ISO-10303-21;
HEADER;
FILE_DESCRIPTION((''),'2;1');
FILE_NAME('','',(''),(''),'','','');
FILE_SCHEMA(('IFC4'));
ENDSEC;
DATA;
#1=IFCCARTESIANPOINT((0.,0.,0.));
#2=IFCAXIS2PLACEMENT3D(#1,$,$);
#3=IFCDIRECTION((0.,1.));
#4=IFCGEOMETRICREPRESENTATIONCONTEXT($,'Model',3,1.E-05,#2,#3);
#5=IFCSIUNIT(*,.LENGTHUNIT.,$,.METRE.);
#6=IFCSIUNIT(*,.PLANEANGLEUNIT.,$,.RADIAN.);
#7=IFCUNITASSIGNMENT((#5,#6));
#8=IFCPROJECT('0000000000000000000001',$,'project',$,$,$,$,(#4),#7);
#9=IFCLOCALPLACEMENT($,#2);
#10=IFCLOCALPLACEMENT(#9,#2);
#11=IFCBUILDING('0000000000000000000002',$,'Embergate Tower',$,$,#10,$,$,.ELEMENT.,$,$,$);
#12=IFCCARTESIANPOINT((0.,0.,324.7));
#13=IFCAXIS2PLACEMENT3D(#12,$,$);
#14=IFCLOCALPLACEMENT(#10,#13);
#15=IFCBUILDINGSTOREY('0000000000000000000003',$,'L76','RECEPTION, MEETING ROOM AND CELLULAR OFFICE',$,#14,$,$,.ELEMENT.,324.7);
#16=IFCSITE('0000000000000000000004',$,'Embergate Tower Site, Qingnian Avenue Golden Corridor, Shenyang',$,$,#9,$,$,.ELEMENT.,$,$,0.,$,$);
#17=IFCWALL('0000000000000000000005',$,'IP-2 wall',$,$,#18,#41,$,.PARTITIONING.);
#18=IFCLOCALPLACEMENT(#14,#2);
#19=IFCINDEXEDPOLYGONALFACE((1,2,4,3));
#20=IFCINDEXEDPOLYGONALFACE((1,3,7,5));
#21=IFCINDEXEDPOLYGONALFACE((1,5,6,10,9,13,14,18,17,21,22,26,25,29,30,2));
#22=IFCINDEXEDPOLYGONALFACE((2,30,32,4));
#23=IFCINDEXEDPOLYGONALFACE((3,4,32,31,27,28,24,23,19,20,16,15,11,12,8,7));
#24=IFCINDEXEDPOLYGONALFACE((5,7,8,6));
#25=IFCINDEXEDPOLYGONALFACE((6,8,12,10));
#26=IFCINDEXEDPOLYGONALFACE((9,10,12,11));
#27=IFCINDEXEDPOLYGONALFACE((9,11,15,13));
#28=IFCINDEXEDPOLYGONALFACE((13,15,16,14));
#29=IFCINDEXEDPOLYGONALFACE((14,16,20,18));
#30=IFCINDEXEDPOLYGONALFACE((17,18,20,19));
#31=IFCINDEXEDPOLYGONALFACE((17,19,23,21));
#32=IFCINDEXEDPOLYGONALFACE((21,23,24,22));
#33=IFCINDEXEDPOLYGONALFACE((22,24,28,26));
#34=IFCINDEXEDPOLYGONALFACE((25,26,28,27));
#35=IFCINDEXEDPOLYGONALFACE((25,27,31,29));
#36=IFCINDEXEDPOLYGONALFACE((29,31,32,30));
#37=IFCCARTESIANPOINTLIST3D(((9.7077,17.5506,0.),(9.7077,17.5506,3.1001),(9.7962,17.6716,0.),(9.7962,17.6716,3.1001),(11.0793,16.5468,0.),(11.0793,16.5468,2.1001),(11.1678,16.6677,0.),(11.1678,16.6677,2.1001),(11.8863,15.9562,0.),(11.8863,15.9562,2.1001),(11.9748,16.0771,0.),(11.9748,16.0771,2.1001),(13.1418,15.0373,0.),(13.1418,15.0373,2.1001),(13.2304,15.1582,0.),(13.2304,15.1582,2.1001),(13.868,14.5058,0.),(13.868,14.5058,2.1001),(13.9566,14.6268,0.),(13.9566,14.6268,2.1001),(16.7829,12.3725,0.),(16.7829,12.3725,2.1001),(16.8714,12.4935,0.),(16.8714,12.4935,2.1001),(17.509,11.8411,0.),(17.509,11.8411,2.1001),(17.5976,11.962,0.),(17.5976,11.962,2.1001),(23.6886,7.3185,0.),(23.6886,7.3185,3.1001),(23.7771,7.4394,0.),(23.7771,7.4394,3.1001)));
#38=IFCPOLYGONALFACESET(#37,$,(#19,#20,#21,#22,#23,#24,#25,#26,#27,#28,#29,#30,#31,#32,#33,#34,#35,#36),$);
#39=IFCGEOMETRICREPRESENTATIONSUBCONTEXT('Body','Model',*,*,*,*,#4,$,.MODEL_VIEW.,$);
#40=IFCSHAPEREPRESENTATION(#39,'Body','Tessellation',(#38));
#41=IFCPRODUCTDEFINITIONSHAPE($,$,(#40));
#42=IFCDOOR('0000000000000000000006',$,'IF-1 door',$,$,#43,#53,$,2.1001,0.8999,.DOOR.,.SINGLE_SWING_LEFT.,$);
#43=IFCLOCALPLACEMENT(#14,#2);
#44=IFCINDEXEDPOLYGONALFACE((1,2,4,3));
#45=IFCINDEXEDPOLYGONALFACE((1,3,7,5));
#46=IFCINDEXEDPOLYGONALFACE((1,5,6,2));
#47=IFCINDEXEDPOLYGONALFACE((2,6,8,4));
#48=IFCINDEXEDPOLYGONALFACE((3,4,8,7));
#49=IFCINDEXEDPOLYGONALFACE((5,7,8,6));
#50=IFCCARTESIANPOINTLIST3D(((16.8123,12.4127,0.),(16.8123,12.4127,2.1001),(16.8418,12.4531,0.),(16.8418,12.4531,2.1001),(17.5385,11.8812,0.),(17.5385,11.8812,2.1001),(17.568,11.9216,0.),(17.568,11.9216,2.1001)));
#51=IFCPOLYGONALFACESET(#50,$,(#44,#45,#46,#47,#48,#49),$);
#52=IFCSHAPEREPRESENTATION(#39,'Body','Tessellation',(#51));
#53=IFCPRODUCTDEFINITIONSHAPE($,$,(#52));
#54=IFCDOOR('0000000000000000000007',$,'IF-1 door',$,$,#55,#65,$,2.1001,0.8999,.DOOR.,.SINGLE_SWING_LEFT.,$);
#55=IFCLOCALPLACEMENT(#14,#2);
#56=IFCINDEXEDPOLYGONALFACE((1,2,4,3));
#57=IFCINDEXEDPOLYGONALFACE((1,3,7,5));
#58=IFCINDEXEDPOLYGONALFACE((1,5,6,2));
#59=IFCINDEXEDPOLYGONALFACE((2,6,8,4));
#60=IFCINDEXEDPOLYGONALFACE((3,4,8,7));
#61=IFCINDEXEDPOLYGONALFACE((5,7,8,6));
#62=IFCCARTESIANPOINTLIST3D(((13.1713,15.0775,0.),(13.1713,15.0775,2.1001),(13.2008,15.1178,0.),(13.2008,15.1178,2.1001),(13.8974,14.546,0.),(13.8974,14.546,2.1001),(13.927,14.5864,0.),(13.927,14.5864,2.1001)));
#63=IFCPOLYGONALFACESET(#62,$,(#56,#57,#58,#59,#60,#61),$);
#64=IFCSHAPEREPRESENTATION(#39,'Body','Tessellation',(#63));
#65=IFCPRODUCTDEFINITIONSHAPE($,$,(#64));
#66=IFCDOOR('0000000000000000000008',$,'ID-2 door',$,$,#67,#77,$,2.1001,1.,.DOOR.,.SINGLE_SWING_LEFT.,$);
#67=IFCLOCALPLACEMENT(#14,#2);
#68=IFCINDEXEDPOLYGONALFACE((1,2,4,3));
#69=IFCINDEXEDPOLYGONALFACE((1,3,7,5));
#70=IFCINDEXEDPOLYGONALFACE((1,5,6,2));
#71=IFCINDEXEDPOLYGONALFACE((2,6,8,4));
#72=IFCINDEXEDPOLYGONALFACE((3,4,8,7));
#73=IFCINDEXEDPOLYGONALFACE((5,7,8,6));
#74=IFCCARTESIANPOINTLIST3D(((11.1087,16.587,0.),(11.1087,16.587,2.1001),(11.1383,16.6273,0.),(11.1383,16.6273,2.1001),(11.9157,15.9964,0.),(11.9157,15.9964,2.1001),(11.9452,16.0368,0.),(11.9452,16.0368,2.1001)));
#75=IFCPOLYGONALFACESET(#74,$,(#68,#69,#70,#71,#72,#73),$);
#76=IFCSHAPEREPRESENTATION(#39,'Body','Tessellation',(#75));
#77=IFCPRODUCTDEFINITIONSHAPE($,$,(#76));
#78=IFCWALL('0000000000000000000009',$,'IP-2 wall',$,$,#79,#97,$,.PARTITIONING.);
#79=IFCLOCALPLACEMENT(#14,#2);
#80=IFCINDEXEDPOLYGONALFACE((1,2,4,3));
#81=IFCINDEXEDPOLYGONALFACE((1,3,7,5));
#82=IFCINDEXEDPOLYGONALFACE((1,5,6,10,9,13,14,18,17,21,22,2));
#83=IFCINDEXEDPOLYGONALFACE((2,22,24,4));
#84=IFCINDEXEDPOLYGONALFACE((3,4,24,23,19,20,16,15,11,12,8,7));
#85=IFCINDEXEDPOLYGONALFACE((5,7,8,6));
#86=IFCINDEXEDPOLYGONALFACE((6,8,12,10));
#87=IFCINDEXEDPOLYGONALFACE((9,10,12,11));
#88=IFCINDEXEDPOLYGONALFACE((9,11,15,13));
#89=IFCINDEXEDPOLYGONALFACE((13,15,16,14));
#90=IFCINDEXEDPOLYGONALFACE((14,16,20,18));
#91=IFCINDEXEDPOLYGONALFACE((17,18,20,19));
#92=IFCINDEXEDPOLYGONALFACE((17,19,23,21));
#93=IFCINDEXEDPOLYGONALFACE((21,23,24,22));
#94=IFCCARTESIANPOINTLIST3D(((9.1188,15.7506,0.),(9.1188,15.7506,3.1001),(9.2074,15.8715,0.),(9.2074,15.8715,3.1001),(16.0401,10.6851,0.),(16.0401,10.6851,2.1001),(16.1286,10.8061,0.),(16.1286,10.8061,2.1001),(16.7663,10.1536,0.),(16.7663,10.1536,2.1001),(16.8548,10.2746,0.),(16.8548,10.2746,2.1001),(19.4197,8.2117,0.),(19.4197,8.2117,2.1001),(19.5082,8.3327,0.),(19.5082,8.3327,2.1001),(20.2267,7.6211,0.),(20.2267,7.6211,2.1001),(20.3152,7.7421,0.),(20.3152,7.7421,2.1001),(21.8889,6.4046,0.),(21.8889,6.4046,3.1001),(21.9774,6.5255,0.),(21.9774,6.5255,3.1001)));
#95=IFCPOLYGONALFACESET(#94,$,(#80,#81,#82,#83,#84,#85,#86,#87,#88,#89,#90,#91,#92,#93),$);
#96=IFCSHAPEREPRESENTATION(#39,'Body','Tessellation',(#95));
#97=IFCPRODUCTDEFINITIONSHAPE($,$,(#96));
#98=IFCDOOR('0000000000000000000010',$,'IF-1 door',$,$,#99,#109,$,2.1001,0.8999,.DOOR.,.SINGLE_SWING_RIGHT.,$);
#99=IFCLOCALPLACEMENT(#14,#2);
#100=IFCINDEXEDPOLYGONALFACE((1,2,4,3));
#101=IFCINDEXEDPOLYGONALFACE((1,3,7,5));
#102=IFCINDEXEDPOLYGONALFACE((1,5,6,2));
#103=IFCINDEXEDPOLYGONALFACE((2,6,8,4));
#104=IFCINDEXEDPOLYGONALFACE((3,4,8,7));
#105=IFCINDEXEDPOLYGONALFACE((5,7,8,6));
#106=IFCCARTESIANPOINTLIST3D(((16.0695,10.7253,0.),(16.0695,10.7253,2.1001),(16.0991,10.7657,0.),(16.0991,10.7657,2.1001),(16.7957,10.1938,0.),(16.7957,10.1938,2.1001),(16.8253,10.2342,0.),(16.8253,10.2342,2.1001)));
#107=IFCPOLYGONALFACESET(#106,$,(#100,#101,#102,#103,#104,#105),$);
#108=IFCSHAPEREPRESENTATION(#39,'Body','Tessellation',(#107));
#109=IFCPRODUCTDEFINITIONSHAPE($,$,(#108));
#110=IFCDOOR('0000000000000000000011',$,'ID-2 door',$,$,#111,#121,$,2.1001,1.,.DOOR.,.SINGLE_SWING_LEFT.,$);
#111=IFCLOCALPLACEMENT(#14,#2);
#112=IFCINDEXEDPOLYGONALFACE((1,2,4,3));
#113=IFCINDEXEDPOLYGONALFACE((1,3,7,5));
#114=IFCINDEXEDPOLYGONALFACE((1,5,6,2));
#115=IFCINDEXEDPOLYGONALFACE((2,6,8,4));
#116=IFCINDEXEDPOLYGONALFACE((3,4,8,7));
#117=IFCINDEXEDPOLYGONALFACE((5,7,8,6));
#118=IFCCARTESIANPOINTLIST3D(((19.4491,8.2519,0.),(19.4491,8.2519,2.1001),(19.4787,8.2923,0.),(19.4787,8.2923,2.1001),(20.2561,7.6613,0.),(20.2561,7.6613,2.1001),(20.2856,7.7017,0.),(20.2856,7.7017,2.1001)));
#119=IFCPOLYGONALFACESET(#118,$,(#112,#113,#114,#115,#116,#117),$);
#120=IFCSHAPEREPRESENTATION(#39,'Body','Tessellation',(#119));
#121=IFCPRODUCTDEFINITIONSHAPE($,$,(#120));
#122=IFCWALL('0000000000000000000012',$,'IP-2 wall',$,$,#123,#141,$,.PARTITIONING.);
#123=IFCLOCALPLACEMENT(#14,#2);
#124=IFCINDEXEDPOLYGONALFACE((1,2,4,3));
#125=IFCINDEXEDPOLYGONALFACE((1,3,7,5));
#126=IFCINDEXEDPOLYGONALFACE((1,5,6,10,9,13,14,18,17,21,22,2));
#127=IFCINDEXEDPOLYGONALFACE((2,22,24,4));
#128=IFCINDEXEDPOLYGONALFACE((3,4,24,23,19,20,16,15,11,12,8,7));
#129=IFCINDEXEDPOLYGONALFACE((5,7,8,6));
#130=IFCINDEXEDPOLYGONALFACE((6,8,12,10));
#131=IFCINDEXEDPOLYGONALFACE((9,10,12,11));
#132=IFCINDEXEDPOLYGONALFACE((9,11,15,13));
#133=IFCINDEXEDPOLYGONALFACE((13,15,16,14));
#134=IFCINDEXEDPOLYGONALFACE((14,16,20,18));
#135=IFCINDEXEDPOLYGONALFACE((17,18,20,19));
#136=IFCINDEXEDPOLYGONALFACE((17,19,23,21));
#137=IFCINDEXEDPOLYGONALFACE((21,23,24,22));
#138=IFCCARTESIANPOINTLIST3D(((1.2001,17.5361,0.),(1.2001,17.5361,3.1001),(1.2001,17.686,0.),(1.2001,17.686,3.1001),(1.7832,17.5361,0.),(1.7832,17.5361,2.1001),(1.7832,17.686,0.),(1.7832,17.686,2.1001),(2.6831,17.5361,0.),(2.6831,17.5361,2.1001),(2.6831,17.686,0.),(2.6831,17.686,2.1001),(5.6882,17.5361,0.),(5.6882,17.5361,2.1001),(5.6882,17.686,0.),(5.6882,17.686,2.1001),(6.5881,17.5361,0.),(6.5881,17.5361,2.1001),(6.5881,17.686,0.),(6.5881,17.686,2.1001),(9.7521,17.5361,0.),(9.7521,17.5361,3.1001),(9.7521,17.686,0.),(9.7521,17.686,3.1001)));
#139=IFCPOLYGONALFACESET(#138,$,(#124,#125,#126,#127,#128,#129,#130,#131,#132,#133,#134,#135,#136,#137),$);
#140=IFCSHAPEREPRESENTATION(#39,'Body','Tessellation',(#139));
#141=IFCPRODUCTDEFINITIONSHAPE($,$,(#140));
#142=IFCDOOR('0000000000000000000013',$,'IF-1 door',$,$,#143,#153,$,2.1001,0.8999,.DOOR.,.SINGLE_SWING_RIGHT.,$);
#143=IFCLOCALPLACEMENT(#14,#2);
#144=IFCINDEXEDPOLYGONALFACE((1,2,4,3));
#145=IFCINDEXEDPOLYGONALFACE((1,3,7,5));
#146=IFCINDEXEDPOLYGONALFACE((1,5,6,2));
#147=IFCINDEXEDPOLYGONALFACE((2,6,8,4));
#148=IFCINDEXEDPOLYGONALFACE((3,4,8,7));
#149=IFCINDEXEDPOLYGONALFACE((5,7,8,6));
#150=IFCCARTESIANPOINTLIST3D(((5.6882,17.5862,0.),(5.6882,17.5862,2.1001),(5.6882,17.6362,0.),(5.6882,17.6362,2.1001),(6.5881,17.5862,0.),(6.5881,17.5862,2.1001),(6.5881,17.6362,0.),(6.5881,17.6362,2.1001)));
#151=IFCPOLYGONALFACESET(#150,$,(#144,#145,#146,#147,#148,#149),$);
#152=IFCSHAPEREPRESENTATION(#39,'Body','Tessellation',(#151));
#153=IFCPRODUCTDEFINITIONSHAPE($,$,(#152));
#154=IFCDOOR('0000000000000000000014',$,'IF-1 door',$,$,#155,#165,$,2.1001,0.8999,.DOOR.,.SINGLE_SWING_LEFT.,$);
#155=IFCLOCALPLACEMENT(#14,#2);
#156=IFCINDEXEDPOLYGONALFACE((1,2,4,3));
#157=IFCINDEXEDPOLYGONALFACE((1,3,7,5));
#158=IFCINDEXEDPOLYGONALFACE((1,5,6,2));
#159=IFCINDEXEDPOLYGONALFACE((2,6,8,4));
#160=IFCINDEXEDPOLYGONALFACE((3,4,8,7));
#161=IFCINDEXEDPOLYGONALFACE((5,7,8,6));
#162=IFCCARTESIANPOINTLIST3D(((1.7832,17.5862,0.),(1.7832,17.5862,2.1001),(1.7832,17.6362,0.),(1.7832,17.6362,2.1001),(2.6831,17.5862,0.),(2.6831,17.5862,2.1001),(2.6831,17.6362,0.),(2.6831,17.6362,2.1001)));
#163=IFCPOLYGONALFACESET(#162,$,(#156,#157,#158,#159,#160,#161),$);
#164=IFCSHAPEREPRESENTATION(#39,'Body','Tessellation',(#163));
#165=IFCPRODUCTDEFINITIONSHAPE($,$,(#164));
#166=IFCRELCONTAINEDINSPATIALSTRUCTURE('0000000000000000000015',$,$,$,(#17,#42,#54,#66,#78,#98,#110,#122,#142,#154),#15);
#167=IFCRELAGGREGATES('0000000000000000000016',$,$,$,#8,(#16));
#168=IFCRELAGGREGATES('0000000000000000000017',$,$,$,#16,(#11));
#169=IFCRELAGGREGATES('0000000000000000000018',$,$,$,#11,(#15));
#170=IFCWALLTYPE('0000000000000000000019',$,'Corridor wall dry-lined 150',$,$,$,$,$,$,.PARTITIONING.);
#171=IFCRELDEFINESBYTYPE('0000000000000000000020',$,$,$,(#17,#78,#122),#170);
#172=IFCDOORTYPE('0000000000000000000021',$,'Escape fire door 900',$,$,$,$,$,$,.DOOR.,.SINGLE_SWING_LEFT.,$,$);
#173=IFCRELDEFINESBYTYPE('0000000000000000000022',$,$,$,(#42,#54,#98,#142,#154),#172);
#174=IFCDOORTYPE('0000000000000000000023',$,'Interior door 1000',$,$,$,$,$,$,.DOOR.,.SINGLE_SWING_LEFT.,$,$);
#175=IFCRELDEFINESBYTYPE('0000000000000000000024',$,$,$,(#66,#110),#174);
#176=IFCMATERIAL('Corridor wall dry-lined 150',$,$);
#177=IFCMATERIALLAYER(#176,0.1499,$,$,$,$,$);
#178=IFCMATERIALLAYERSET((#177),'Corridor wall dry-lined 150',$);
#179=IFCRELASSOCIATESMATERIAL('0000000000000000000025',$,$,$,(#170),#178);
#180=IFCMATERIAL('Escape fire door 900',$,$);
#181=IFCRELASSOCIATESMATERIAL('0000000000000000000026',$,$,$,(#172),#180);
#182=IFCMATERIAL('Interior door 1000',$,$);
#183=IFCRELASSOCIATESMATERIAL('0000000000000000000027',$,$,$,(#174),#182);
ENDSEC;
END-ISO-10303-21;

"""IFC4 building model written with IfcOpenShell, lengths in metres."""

from ifc_helpers import new_model, si_unit, direction, frame, frame_2d, origin, place, context, subcontext, project, spatial, rectangle, extrude, source, transform, mapped, material, layer, layer_set, type_object, element, fill, save


model = new_model("IFC4")

# Units and contexts
model_context = context("Model", 3, precision=1e-05, world=origin(), true_north=direction((0.0, 1.0)))
body_context = subcontext(model_context, "Body", "Model", "MODEL_VIEW")
ifc_project = project(units=[si_unit("LENGTHUNIT", "METRE"), si_unit("PLANEANGLEUNIT", "RADIAN")], contexts=[model_context])

# Site, building, storey
site_placement = place(None, origin())
site = spatial("IfcSite", under=ifc_project, at=site_placement, Name="Embergate Tower Site, Qingnian Avenue Golden Corridor, Shenyang", CompositionType="ELEMENT", RefElevation=0.0)
building_placement = place(site_placement, origin())
building = spatial("IfcBuilding", under=site, at=building_placement, Name="Embergate Tower", CompositionType="ELEMENT")
storey_placement = place(building_placement, frame((0.0, 0.0, 324.7)))
storey = spatial("IfcBuildingStorey", under=building, at=storey_placement, Name="L76", Description="RECEPTION, MEETING ROOM AND CELLULAR OFFICE", CompositionType="ELEMENT", Elevation=324.7)

# Walls, openings, doors
ifc_material_1 = material(Name="Corridor wall dry-lined 150")
ifc_layer_1 = layer(ifc_material_1, 0.1499)
ifc_layer_set_1 = layer_set([ifc_layer_1], Name="Corridor wall dry-lined 150")
wall_type_1 = type_object("IfcWallType", Name="Corridor wall dry-lined 150", PredefinedType="PARTITIONING", material=ifc_layer_set_1)
shared_shape_1 = source(origin(), body_context, "Body", "SweptSolid", [
    extrude(rectangle(XDim=17.3252, YDim=0.1499, at=frame_2d((8.6626, 0.0))), origin(), (0.0, 0.0, 1.0), 3.1001),
])
wall_1_placement = place(storey_placement, frame((9.752, 17.6111, 0.0), z_axis=(0.0, 0.0, 1.0), x_axis=(0.80697, -0.590593, 0.0)))
wall_1 = element("IfcWall", 1, at=wall_1_placement, inside=storey, type_object=wall_type_1, Name="IP-2 wall", PredefinedType="PARTITIONING", context=body_context, shape_type="MappedRepresentation", body=[
    mapped(shared_shape_1, transform((0.0, 0.0, 0.0))),
])
shared_shape_2 = source(origin(), body_context, "Body", "SweptSolid", [
    extrude(rectangle(XDim=0.8999, YDim=2.1001, at=frame_2d((0.45, 1.05))), frame((0.0, 0.085, 0.0), z_axis=(0.0, -1.0, 0.0), x_axis=(1.0, 0.0, 0.0)), (0.0, 0.0, 1.0), 0.1699),
])
opening_1_placement = place(wall_1_placement, frame((8.7676, 0.0, 0.0)))
opening_1 = element("IfcOpeningElement", 2, at=opening_1_placement, cuts=wall_1, PredefinedType="OPENING", context=body_context, shape_type="MappedRepresentation", body=[
    mapped(shared_shape_2, transform((0.0, 0.0, 0.0))),
])
opening_2_placement = place(wall_1_placement, frame((4.2556, 0.0, 0.0)))
opening_2 = element("IfcOpeningElement", 3, at=opening_2_placement, cuts=wall_1, PredefinedType="OPENING", context=body_context, shape_type="MappedRepresentation", body=[
    mapped(shared_shape_2, transform((0.0, 0.0, 0.0))),
])
shared_shape_3 = source(origin(), body_context, "Body", "SweptSolid", [
    extrude(rectangle(XDim=1.0, YDim=2.1001, at=frame_2d((0.5, 1.05))), frame((0.0, 0.085, 0.0), z_axis=(0.0, -1.0, 0.0), x_axis=(1.0, 0.0, 0.0)), (0.0, 0.0, 1.0), 0.1699),
])
opening_3_placement = place(wall_1_placement, frame((1.6997, 0.0, 0.0)))
opening_3 = element("IfcOpeningElement", 4, at=opening_3_placement, cuts=wall_1, PredefinedType="OPENING", context=body_context, shape_type="MappedRepresentation", body=[
    mapped(shared_shape_3, transform((0.0, 0.0, 0.0))),
])
ifc_material_2 = material(Name="Escape fire door 900")
door_type_1 = type_object("IfcDoorType", Name="Escape fire door 900", OperationType="SINGLE_SWING_LEFT", PredefinedType="DOOR", material=ifc_material_2)
shared_shape_4 = source(origin(), body_context, "Body", "SweptSolid", [
    extrude(rectangle(XDim=0.8999, YDim=2.1001, at=frame_2d((0.45, 1.05))), frame((0.0, 0.0249, 0.0), z_axis=(0.0, -1.0, 0.0), x_axis=(1.0, 0.0, 0.0)), (0.0, 0.0, 1.0), 0.05),
])
door_1_placement = place(opening_1_placement, origin())
door_1 = element("IfcDoor", 5, at=door_1_placement, inside=storey, type_object=door_type_1, Name="IF-1 door", OperationType="SINGLE_SWING_LEFT", OverallHeight=2.1001, OverallWidth=0.8999, PredefinedType="DOOR", context=body_context, shape_type="MappedRepresentation", body=[
    mapped(shared_shape_4, transform((0.0, 0.0, 0.0))),
])
fill(opening_1, door_1)
door_2_placement = place(opening_2_placement, origin())
door_2 = element("IfcDoor", 6, at=door_2_placement, inside=storey, type_object=door_type_1, Name="IF-1 door", OperationType="SINGLE_SWING_LEFT", OverallHeight=2.1001, OverallWidth=0.8999, PredefinedType="DOOR", context=body_context, shape_type="MappedRepresentation", body=[
    mapped(shared_shape_4, transform((0.0, 0.0, 0.0))),
])
fill(opening_2, door_2)
ifc_material_3 = material(Name="Interior door 1000")
door_type_2 = type_object("IfcDoorType", Name="Interior door 1000", OperationType="SINGLE_SWING_LEFT", PredefinedType="DOOR", material=ifc_material_3)
shared_shape_5 = source(origin(), body_context, "Body", "SweptSolid", [
    extrude(rectangle(XDim=1.0, YDim=2.1001, at=frame_2d((0.5, 1.05))), frame((0.0, 0.0249, 0.0), z_axis=(0.0, -1.0, 0.0), x_axis=(1.0, 0.0, 0.0)), (0.0, 0.0, 1.0), 0.05),
])
door_3_placement = place(opening_3_placement, origin())
door_3 = element("IfcDoor", 7, at=door_3_placement, inside=storey, type_object=door_type_2, Name="ID-2 door", OperationType="SINGLE_SWING_LEFT", OverallHeight=2.1001, OverallWidth=1.0, PredefinedType="DOOR", context=body_context, shape_type="MappedRepresentation", body=[
    mapped(shared_shape_5, transform((0.0, 0.0, 0.0))),
])
fill(opening_3, door_3)
shared_shape_6 = source(origin(), body_context, "Body", "SweptSolid", [
    extrude(rectangle(XDim=15.8247, YDim=0.1499, at=frame_2d((7.9124, 0.0))), origin(), (0.0, 0.0, 1.0), 3.1001),
])
wall_2_placement = place(storey_placement, frame((9.1631, 15.811, 0.0), z_axis=(0.0, 0.0, 1.0), x_axis=(0.806969, -0.590594, 0.0)))
wall_2 = element("IfcWall", 8, at=wall_2_placement, inside=storey, type_object=wall_type_1, Name="IP-2 wall", PredefinedType="PARTITIONING", context=body_context, shape_type="MappedRepresentation", body=[
    mapped(shared_shape_6, transform((0.0, 0.0, 0.0))),
])
opening_4_placement = place(wall_2_placement, frame((12.7649, 0.0, 0.0)))
opening_4 = element("IfcOpeningElement", 9, at=opening_4_placement, cuts=wall_2, PredefinedType="OPENING", context=body_context, shape_type="MappedRepresentation", body=[
    mapped(shared_shape_3, transform((0.0, 0.0, 0.0))),
])
opening_5_placement = place(wall_2_placement, frame((8.5769, 0.0, 0.0)))
opening_5 = element("IfcOpeningElement", 10, at=opening_5_placement, cuts=wall_2, PredefinedType="OPENING", context=body_context, shape_type="MappedRepresentation", body=[
    mapped(shared_shape_2, transform((0.0, 0.0, 0.0))),
])
door_4_placement = place(opening_5_placement, origin())
door_4 = element("IfcDoor", 11, at=door_4_placement, inside=storey, type_object=door_type_1, Name="IF-1 door", OperationType="SINGLE_SWING_RIGHT", OverallHeight=2.1001, OverallWidth=0.8999, PredefinedType="DOOR", context=body_context, shape_type="MappedRepresentation", body=[
    mapped(shared_shape_4, transform((0.0, 0.0, 0.0))),
])
fill(opening_5, door_4)
door_5_placement = place(opening_4_placement, origin())
door_5 = element("IfcDoor", 12, at=door_5_placement, inside=storey, type_object=door_type_2, Name="ID-2 door", OperationType="SINGLE_SWING_LEFT", OverallHeight=2.1001, OverallWidth=1.0, PredefinedType="DOOR", context=body_context, shape_type="MappedRepresentation", body=[
    mapped(shared_shape_5, transform((0.0, 0.0, 0.0))),
])
fill(opening_4, door_5)
shared_shape_7 = source(origin(), body_context, "Body", "SweptSolid", [
    extrude(rectangle(XDim=8.552, YDim=0.1499, at=frame_2d((4.2759, 0.0))), origin(), (0.0, 0.0, 1.0), 3.1001),
])
wall_3_placement = place(storey_placement, frame((9.752, 17.6111, 0.0), z_axis=(0.0, 0.0, 1.0), x_axis=(-1.0, 0.0, 0.0)))
wall_3 = element("IfcWall", 13, at=wall_3_placement, inside=storey, type_object=wall_type_1, Name="IP-2 wall", PredefinedType="PARTITIONING", context=body_context, shape_type="MappedRepresentation", body=[
    mapped(shared_shape_7, transform((0.0, 0.0, 0.0))),
])
opening_6_placement = place(wall_3_placement, frame((3.1638, 0.0, 0.0)))
opening_6 = element("IfcOpeningElement", 14, at=opening_6_placement, cuts=wall_3, PredefinedType="OPENING", context=body_context, shape_type="MappedRepresentation", body=[
    mapped(shared_shape_2, transform((0.0, 0.0, 0.0))),
])
opening_7_placement = place(wall_3_placement, frame((7.0688, 0.0, 0.0)))
opening_7 = element("IfcOpeningElement", 15, at=opening_7_placement, cuts=wall_3, PredefinedType="OPENING", context=body_context, shape_type="MappedRepresentation", body=[
    mapped(shared_shape_2, transform((0.0, 0.0, 0.0))),
])
door_6_placement = place(opening_6_placement, origin())
door_6 = element("IfcDoor", 16, at=door_6_placement, inside=storey, type_object=door_type_1, Name="IF-1 door", OperationType="SINGLE_SWING_RIGHT", OverallHeight=2.1001, OverallWidth=0.8999, PredefinedType="DOOR", context=body_context, shape_type="MappedRepresentation", body=[
    mapped(shared_shape_4, transform((0.0, 0.0, 0.0))),
])
fill(opening_6, door_6)
door_7_placement = place(opening_7_placement, origin())
door_7 = element("IfcDoor", 17, at=door_7_placement, inside=storey, type_object=door_type_1, Name="IF-1 door", OperationType="SINGLE_SWING_LEFT", OverallHeight=2.1001, OverallWidth=0.8999, PredefinedType="DOOR", context=body_context, shape_type="MappedRepresentation", body=[
    mapped(shared_shape_4, transform((0.0, 0.0, 0.0))),
])
fill(opening_7, door_7)

save(model, "model.ifc")
